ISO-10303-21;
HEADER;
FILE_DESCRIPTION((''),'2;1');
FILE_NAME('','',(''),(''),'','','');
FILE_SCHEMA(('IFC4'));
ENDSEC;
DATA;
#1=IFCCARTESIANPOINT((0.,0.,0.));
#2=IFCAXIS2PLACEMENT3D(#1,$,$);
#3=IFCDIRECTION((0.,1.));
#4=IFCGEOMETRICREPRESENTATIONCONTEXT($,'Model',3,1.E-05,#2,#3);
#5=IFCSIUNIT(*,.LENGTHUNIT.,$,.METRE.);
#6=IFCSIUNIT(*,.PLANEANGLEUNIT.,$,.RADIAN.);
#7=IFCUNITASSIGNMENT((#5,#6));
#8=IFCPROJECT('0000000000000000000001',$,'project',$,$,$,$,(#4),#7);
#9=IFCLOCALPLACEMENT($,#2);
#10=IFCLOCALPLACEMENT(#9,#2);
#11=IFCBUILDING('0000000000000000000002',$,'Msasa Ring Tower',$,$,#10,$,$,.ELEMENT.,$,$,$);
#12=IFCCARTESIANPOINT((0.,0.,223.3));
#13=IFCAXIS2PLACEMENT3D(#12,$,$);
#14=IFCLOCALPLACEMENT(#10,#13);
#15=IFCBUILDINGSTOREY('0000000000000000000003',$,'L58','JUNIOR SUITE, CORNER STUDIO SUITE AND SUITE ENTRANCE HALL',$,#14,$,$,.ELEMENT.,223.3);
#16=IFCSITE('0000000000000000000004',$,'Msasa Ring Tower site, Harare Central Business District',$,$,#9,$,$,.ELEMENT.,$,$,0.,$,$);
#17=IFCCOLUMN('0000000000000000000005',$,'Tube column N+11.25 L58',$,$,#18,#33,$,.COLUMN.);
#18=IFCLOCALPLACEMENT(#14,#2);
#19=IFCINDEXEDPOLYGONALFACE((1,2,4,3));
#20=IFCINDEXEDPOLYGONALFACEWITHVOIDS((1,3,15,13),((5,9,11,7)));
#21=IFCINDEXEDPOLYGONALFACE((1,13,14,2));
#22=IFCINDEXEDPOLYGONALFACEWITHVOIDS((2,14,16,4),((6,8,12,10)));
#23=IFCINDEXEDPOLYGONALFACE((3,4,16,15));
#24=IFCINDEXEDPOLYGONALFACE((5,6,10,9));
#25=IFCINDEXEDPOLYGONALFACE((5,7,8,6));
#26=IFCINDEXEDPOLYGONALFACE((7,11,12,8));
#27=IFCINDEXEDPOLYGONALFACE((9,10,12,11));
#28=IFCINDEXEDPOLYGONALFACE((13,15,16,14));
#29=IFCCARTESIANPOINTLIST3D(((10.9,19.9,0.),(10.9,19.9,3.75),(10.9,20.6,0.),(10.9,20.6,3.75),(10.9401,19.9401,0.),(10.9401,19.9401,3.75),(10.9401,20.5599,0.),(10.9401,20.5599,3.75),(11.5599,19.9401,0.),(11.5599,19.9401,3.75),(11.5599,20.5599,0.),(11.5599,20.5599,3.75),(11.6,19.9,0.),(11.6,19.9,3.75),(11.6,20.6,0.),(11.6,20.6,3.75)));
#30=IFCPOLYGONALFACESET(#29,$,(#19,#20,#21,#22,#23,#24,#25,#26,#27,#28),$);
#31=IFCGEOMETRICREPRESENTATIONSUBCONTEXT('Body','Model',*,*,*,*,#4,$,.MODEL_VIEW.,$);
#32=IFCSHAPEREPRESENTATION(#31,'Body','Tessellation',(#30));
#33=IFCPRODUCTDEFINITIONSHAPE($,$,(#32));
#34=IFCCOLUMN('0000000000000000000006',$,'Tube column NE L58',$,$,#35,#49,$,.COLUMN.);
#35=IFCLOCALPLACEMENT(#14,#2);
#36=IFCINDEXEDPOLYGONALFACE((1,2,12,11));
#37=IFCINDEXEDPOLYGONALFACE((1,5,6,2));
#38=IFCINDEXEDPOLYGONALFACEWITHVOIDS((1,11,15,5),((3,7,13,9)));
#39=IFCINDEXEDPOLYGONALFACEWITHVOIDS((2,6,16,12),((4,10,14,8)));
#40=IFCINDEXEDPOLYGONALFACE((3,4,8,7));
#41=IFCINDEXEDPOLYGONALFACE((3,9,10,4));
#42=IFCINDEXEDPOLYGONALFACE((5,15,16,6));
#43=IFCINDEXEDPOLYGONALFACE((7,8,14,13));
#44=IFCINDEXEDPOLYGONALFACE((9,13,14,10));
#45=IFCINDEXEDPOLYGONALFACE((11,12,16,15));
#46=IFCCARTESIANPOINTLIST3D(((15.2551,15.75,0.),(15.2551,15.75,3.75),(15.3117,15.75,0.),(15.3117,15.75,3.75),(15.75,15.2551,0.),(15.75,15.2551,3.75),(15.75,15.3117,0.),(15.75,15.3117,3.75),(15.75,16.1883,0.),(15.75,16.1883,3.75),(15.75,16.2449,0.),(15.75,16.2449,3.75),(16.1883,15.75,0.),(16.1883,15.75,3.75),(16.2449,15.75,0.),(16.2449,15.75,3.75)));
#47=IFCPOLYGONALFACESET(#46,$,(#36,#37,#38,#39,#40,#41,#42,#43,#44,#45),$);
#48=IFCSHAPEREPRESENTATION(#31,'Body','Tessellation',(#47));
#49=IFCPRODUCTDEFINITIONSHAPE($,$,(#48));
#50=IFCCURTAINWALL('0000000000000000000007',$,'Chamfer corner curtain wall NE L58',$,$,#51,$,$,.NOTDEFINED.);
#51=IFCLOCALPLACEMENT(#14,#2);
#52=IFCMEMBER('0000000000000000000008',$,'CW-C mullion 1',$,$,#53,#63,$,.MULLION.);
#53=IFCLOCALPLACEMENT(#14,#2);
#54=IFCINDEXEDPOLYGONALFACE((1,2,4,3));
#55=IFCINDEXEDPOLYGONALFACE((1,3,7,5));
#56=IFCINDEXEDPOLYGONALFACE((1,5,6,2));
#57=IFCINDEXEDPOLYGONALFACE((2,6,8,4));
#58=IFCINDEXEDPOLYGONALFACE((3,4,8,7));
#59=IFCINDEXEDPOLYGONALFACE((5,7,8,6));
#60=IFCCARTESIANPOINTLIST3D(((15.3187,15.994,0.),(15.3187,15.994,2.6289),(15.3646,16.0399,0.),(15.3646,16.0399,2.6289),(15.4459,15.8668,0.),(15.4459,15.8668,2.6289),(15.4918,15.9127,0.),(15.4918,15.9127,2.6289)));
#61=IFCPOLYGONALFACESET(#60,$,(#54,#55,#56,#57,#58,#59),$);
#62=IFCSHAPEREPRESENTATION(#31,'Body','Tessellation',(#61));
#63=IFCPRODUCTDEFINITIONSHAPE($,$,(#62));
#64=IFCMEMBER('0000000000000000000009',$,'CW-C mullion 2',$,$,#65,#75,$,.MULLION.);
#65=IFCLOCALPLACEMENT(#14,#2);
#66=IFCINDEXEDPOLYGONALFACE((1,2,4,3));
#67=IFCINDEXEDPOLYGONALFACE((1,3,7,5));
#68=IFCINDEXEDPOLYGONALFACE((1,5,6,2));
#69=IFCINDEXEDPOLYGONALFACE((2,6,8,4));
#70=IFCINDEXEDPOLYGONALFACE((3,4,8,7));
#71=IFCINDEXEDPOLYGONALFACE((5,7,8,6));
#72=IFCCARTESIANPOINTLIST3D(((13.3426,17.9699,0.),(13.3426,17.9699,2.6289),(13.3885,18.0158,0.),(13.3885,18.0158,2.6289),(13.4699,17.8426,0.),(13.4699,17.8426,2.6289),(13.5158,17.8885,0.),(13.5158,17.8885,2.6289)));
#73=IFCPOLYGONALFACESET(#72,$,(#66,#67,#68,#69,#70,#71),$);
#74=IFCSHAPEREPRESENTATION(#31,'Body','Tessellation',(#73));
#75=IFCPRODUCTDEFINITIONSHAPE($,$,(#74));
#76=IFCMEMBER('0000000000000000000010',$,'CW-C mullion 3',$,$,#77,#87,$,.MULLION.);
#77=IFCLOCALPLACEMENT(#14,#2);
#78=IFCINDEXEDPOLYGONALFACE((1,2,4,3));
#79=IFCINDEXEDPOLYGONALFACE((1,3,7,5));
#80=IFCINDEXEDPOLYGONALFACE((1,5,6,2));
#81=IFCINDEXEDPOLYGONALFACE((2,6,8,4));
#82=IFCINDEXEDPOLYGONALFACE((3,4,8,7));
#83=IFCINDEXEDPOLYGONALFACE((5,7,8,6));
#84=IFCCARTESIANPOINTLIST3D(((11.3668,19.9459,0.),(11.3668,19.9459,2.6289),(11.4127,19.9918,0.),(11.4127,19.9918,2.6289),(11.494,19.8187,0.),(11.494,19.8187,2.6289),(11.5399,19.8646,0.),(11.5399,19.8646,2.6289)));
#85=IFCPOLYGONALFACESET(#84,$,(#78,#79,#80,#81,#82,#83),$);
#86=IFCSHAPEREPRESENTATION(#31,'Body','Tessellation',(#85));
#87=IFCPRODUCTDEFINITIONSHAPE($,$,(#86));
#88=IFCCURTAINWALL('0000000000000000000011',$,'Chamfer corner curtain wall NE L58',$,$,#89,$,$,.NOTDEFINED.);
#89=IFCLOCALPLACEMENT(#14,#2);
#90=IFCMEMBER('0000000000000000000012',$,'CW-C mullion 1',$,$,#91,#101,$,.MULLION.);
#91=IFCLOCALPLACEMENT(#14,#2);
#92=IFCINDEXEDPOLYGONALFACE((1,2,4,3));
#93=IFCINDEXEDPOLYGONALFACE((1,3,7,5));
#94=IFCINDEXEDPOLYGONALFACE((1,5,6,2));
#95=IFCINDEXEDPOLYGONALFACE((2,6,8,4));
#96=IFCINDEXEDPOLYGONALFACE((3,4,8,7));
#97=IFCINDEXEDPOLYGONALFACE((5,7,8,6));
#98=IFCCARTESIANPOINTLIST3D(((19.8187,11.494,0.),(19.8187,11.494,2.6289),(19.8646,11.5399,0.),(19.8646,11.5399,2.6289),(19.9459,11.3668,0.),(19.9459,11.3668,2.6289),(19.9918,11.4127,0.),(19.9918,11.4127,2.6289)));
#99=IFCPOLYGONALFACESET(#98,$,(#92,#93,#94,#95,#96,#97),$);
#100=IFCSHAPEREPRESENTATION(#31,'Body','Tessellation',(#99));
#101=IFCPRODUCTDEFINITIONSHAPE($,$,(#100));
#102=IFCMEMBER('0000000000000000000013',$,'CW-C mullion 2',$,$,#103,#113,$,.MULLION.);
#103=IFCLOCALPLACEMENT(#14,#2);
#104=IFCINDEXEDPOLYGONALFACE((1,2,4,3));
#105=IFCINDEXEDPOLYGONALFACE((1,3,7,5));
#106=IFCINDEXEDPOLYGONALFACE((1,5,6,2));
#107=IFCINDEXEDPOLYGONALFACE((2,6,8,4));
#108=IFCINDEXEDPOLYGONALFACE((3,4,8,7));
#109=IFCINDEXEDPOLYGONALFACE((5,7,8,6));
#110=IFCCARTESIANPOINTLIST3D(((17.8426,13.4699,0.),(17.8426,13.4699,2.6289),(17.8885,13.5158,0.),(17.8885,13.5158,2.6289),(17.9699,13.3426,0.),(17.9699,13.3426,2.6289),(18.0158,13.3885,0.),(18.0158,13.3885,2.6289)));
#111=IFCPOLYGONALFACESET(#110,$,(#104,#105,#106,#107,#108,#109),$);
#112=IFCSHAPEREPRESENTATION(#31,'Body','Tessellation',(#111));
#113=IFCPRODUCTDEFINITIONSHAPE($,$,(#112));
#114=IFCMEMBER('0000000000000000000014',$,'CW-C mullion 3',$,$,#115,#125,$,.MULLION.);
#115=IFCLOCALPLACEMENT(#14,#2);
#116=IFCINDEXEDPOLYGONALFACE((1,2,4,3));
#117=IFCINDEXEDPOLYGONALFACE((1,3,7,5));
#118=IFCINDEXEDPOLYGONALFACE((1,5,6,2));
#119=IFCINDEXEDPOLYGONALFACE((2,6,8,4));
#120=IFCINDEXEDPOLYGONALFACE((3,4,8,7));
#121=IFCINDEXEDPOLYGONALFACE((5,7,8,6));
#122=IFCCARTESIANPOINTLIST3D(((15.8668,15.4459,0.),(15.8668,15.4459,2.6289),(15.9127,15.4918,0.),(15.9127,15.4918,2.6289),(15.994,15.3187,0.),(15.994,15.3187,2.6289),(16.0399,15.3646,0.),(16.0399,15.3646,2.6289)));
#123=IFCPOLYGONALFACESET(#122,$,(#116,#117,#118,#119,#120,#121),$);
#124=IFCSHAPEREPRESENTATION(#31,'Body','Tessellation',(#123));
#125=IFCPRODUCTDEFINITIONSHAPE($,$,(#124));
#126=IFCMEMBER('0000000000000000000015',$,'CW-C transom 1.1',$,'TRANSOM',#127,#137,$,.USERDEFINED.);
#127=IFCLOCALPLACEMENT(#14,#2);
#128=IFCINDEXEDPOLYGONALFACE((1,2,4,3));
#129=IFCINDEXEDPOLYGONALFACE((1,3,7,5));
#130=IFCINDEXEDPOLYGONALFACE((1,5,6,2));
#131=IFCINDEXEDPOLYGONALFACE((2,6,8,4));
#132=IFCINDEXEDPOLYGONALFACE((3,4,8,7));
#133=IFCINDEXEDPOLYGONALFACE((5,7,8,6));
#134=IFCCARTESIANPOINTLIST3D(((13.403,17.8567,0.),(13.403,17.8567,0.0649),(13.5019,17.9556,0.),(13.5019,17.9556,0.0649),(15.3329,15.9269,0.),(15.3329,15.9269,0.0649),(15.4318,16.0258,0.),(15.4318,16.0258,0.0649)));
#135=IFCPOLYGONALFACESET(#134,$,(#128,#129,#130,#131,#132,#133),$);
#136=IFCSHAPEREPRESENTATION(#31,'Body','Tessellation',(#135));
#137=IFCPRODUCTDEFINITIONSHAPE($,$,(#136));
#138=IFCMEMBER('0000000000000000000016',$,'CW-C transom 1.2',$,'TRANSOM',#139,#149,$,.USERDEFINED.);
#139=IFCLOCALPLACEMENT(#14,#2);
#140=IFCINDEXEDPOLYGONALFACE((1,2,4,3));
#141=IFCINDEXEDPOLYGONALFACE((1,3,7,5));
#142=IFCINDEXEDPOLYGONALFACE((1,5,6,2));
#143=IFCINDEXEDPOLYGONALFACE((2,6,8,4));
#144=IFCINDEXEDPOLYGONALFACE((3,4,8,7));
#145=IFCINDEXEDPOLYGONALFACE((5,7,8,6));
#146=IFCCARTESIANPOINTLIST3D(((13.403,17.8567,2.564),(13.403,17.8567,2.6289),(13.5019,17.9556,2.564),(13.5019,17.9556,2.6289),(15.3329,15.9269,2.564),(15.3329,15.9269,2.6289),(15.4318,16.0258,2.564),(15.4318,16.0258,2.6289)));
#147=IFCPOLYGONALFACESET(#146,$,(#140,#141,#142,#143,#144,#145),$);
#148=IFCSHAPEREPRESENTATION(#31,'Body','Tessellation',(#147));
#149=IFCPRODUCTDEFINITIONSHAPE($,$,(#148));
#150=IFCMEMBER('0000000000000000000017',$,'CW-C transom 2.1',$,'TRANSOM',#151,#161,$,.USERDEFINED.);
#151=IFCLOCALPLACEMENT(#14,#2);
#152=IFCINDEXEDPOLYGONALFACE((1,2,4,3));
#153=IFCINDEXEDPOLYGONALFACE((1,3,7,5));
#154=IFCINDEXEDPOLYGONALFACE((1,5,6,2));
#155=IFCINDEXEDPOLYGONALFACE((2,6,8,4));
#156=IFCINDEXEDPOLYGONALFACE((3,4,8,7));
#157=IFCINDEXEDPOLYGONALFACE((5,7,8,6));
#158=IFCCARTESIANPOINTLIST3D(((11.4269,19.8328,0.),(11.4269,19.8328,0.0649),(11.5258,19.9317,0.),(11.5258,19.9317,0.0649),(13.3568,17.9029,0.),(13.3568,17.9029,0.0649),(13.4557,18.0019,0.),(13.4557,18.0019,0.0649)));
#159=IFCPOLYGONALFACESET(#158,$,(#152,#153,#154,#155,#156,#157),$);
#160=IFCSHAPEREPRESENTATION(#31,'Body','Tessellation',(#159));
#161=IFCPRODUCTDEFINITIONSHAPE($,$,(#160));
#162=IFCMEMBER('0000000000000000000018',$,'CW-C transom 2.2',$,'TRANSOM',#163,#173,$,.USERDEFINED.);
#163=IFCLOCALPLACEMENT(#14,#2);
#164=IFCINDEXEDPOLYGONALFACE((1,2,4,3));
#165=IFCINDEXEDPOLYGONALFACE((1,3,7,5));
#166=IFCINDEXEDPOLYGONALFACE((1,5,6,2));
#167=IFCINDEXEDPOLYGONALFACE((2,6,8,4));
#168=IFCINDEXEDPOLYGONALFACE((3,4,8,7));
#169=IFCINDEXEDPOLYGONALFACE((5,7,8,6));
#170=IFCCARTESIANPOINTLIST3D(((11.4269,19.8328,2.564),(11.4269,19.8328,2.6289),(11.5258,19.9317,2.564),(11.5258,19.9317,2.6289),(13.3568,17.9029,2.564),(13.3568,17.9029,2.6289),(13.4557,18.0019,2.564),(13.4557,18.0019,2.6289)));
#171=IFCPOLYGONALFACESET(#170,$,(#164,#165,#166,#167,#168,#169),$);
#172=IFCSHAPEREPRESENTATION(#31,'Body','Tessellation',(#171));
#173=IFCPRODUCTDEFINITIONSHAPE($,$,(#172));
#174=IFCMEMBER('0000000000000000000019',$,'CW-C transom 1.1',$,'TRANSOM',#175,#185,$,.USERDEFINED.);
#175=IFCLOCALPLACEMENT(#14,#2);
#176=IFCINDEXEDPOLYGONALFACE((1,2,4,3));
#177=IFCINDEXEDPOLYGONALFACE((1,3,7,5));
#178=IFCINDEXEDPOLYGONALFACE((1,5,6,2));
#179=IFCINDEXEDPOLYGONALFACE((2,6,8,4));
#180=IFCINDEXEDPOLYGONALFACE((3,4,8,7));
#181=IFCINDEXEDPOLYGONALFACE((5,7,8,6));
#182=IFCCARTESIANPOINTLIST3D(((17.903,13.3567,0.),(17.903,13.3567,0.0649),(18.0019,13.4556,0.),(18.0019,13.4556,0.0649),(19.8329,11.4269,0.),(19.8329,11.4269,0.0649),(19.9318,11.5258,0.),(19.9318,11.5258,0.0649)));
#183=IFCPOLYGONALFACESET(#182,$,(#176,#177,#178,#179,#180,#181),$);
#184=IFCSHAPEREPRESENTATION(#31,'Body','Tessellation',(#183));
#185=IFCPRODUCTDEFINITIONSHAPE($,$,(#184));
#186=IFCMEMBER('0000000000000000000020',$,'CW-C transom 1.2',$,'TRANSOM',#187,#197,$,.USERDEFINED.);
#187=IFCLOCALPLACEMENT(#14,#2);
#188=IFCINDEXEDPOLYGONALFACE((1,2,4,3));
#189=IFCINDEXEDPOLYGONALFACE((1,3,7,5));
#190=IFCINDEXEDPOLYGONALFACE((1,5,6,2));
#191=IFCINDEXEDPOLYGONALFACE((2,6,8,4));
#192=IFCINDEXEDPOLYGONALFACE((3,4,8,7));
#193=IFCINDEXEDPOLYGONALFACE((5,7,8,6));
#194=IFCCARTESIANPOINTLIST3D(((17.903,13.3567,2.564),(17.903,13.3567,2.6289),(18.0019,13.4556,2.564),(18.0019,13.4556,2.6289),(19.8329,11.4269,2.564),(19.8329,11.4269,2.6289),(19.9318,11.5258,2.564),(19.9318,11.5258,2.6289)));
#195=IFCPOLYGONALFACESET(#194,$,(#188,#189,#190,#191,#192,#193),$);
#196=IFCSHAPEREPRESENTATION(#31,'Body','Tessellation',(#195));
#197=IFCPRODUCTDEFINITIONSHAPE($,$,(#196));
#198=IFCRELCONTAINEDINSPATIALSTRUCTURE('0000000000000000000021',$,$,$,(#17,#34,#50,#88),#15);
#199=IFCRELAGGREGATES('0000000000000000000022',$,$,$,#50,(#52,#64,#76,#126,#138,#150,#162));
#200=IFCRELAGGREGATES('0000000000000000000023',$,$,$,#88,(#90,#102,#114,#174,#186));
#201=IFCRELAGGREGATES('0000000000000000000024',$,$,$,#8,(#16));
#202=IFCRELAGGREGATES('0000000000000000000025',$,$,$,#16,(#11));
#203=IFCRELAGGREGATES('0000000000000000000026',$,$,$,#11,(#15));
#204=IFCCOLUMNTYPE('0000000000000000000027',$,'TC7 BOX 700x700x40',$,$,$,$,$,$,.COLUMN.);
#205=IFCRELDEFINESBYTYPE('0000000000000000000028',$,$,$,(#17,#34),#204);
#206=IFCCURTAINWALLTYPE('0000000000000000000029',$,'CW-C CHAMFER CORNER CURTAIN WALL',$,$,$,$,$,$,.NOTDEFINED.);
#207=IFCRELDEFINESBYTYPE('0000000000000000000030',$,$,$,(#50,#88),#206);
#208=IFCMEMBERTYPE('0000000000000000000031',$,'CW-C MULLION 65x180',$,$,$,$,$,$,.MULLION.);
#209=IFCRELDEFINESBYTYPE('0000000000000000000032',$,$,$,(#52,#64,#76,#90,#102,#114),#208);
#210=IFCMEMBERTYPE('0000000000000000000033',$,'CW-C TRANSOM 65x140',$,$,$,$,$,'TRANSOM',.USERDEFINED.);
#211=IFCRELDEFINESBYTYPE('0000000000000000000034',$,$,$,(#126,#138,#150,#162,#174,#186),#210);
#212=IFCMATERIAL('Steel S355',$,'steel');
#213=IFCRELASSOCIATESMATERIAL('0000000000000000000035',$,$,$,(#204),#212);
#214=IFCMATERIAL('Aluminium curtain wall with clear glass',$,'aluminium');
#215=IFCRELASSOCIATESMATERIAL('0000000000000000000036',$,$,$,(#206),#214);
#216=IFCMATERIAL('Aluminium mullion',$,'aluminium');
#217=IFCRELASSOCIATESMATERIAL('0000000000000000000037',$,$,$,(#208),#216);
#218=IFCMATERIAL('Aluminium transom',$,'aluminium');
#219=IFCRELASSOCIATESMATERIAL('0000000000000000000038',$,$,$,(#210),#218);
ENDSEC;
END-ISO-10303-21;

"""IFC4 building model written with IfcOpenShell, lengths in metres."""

from ifc_helpers import new_model, si_unit, direction, frame, origin, origin_2d, place, context, subcontext, project, spatial, rectangle, hollow_rectangle, extrude, material, material_profile, profile_set, type_object, element, aggregate, save


model = new_model("IFC4")

# Units and contexts
model_context = context("Model", 3, precision=1e-05, world=origin(), true_north=direction((0.0, 1.0)))
body_context = subcontext(model_context, "Body", "Model", "MODEL_VIEW")
ifc_project = project(units=[si_unit("LENGTHUNIT", "METRE"), si_unit("PLANEANGLEUNIT", "RADIAN")], contexts=[model_context])

# Site, building, storey
site_placement = place(None, origin())
site = spatial("IfcSite", under=ifc_project, at=site_placement, Name="Msasa Ring Tower site, Harare Central Business District", CompositionType="ELEMENT", RefElevation=0.0)
building_placement = place(site_placement, origin())
building = spatial("IfcBuilding", under=site, at=building_placement, Name="Msasa Ring Tower", CompositionType="ELEMENT")
storey_placement = place(building_placement, frame((0.0, 0.0, 223.3)))
storey = spatial("IfcBuildingStorey", under=building, at=storey_placement, Name="L58", Description="JUNIOR SUITE, CORNER STUDIO SUITE AND SUITE ENTRANCE HALL", CompositionType="ELEMENT", Elevation=223.3)

# Columns
ifc_material_1 = material(Name="Steel S355", Category="steel")
ifc_material_profile_1 = material_profile(ifc_material_1, hollow_rectangle(XDim=0.7, YDim=0.7, WallThickness=0.04, at=origin_2d()), Name="BOX 700x700x40")
ifc_profile_set_1 = profile_set([ifc_material_profile_1], Name="Steel S355")
column_type = type_object("IfcColumnType", Name="TC7 BOX 700x700x40", PredefinedType="COLUMN", material=ifc_profile_set_1)
for number, where, z_axis, x_axis, name in (
    (1, (11.25, 20.25, 0.0), (0.0, 0.0, 1.0), (0.0, 1.0, 0.0), "Tube column N+11.25 L58"),
    (2, (15.75, 15.75, 0.0), (0.0, 0.0, 1.0), (0.707107, 0.707107, 0.0), "Tube column NE L58"),
):
    element("IfcColumn", number, at=place(storey_placement, frame(where, z_axis=z_axis, x_axis=x_axis)), inside=storey, type_object=column_type, Name=name, PredefinedType="COLUMN", context=body_context, shape_type="SweptSolid", body=[
        extrude(hollow_rectangle(XDim=0.7, YDim=0.7, WallThickness=0.04, at=origin_2d()), origin(), (0.0, 0.0, 1.0), 3.75),
    ])

# Curtain walls, members
ifc_material_2 = material(Name="Aluminium curtain wall with clear glass", Category="aluminium")
curtain_wall_type = type_object("IfcCurtainWallType", Name="CW-C CHAMFER CORNER CURTAIN WALL", PredefinedType="NOTDEFINED", material=ifc_material_2)
curtain_wall_1_placement = place(storey_placement, origin())
curtain_wall_1 = element("IfcCurtainWall", 3, at=curtain_wall_1_placement, inside=storey, type_object=curtain_wall_type, Name="Chamfer corner curtain wall NE L58", PredefinedType="NOTDEFINED")
ifc_material_3 = material(Name="Aluminium mullion", Category="aluminium")
ifc_material_profile_2 = material_profile(ifc_material_3, rectangle(XDim=0.0649, YDim=0.1799, at=origin_2d()), Name="AL 65x180")
ifc_profile_set_2 = profile_set([ifc_material_profile_2], Name="Aluminium mullion")
member_type_1 = type_object("IfcMemberType", Name="CW-C MULLION 65x180", PredefinedType="MULLION", material=ifc_profile_set_2)
member_1_placement = place(storey_placement, frame((15.4053, 15.9534, 0.0), z_axis=(0.0, 0.0, 1.0), x_axis=(-0.707107, -0.707107, 0.0)))
member_1 = element("IfcMember", 4, at=member_1_placement, type_object=member_type_1, Name="CW-C mullion 1", PredefinedType="MULLION", context=body_context, shape_type="SweptSolid", body=[
    extrude(rectangle(XDim=0.0649, YDim=0.1799, at=origin_2d()), origin(), (0.0, 0.0, 1.0), 2.6289),
])
member_2_placement = place(storey_placement, frame((13.4292, 17.9292, 0.0), z_axis=(0.0, 0.0, 1.0), x_axis=(-0.707107, -0.707107, 0.0)))
member_2 = element("IfcMember", 5, at=member_2_placement, type_object=member_type_1, Name="CW-C mullion 2", PredefinedType="MULLION", context=body_context, shape_type="SweptSolid", body=[
    extrude(rectangle(XDim=0.0649, YDim=0.1799, at=origin_2d()), origin(), (0.0, 0.0, 1.0), 2.6289),
])
member_3_placement = place(storey_placement, frame((11.4534, 19.9053, 0.0), z_axis=(0.0, 0.0, 1.0), x_axis=(-0.707107, -0.707107, 0.0)))
member_3 = element("IfcMember", 6, at=member_3_placement, type_object=member_type_1, Name="CW-C mullion 3", PredefinedType="MULLION", context=body_context, shape_type="SweptSolid", body=[
    extrude(rectangle(XDim=0.0649, YDim=0.1799, at=origin_2d()), origin(), (0.0, 0.0, 1.0), 2.6289),
])
curtain_wall_2_placement = place(storey_placement, origin())
curtain_wall_2 = element("IfcCurtainWall", 7, at=curtain_wall_2_placement, inside=storey, type_object=curtain_wall_type, Name="Chamfer corner curtain wall NE L58", PredefinedType="NOTDEFINED")
member_4_placement = place(storey_placement, frame((19.9053, 11.4534, 0.0), z_axis=(0.0, 0.0, 1.0), x_axis=(-0.707107, -0.707107, 0.0)))
member_4 = element("IfcMember", 8, at=member_4_placement, type_object=member_type_1, Name="CW-C mullion 1", PredefinedType="MULLION", context=body_context, shape_type="SweptSolid", body=[
    extrude(rectangle(XDim=0.0649, YDim=0.1799, at=origin_2d()), origin(), (0.0, 0.0, 1.0), 2.6289),
])
member_5_placement = place(storey_placement, frame((17.9292, 13.4292, 0.0), z_axis=(0.0, 0.0, 1.0), x_axis=(-0.707107, -0.707107, 0.0)))
member_5 = element("IfcMember", 9, at=member_5_placement, type_object=member_type_1, Name="CW-C mullion 2", PredefinedType="MULLION", context=body_context, shape_type="SweptSolid", body=[
    extrude(rectangle(XDim=0.0649, YDim=0.1799, at=origin_2d()), origin(), (0.0, 0.0, 1.0), 2.6289),
])
member_6_placement = place(storey_placement, frame((15.9534, 15.4053, 0.0), z_axis=(0.0, 0.0, 1.0), x_axis=(-0.707107, -0.707107, 0.0)))
member_6 = element("IfcMember", 10, at=member_6_placement, type_object=member_type_1, Name="CW-C mullion 3", PredefinedType="MULLION", context=body_context, shape_type="SweptSolid", body=[
    extrude(rectangle(XDim=0.0649, YDim=0.1799, at=origin_2d()), origin(), (0.0, 0.0, 1.0), 2.6289),
])

# Members
ifc_material_4 = material(Name="Aluminium transom", Category="aluminium")
ifc_material_profile_3 = material_profile(ifc_material_4, rectangle(XDim=0.1399, YDim=0.0649, at=origin_2d()), Name="AL 65x140")
ifc_profile_set_3 = profile_set([ifc_material_profile_3], Name="Aluminium transom")
member_type_2 = type_object("IfcMemberType", Name="CW-C TRANSOM 65x140", ElementType="TRANSOM", PredefinedType="USERDEFINED", material=ifc_profile_set_3)
member_7_placement = place(storey_placement, frame((15.3823, 15.9763, 0.0325), z_axis=(-0.707107, 0.707107, 0.0), x_axis=(-0.707107, -0.707107, 0.0)))
member_7 = element("IfcMember", 11, at=member_7_placement, type_object=member_type_2, Name="CW-C transom 1.1", ObjectType="TRANSOM", PredefinedType="USERDEFINED", context=body_context, shape_type="SweptSolid", body=[
    extrude(rectangle(XDim=0.1399, YDim=0.0649, at=origin_2d()), origin(), (0.0, 0.0, 1.0), 2.7292),
])
member_8_placement = place(storey_placement, frame((15.3823, 15.9763, 2.5964), z_axis=(-0.707107, 0.707107, 0.0), x_axis=(-0.707107, -0.707107, 0.0)))
member_8 = element("IfcMember", 12, at=member_8_placement, type_object=member_type_2, Name="CW-C transom 1.2", ObjectType="TRANSOM", PredefinedType="USERDEFINED", context=body_context, shape_type="SweptSolid", body=[
    extrude(rectangle(XDim=0.1399, YDim=0.0649, at=origin_2d()), origin(), (0.0, 0.0, 1.0), 2.7292),
])
member_9_placement = place(storey_placement, frame((13.4062, 17.9524, 0.0325), z_axis=(-0.707107, 0.707107, 0.0), x_axis=(-0.707107, -0.707107, 0.0)))
member_9 = element("IfcMember", 13, at=member_9_placement, type_object=member_type_2, Name="CW-C transom 2.1", ObjectType="TRANSOM", PredefinedType="USERDEFINED", context=body_context, shape_type="SweptSolid", body=[
    extrude(rectangle(XDim=0.1399, YDim=0.0649, at=origin_2d()), origin(), (0.0, 0.0, 1.0), 2.7292),
])
member_10_placement = place(storey_placement, frame((13.4062, 17.9524, 2.5964), z_axis=(-0.707107, 0.707107, 0.0), x_axis=(-0.707107, -0.707107, 0.0)))
member_10 = element("IfcMember", 14, at=member_10_placement, type_object=member_type_2, Name="CW-C transom 2.2", ObjectType="TRANSOM", PredefinedType="USERDEFINED", context=body_context, shape_type="SweptSolid", body=[
    extrude(rectangle(XDim=0.1399, YDim=0.0649, at=origin_2d()), origin(), (0.0, 0.0, 1.0), 2.7292),
])
member_11_placement = place(storey_placement, frame((19.8823, 11.4763, 0.0325), z_axis=(-0.707107, 0.707107, 0.0), x_axis=(-0.707107, -0.707107, 0.0)))
member_11 = element("IfcMember", 15, at=member_11_placement, type_object=member_type_2, Name="CW-C transom 1.1", ObjectType="TRANSOM", PredefinedType="USERDEFINED", context=body_context, shape_type="SweptSolid", body=[
    extrude(rectangle(XDim=0.1399, YDim=0.0649, at=origin_2d()), origin(), (0.0, 0.0, 1.0), 2.7292),
])
member_12_placement = place(storey_placement, frame((19.8823, 11.4763, 2.5964), z_axis=(-0.707107, 0.707107, 0.0), x_axis=(-0.707107, -0.707107, 0.0)))
member_12 = element("IfcMember", 16, at=member_12_placement, type_object=member_type_2, Name="CW-C transom 1.2", ObjectType="TRANSOM", PredefinedType="USERDEFINED", context=body_context, shape_type="SweptSolid", body=[
    extrude(rectangle(XDim=0.1399, YDim=0.0649, at=origin_2d()), origin(), (0.0, 0.0, 1.0), 2.7292),
])

aggregate(curtain_wall_1, [member_1, member_2, member_3, member_7, member_8, member_9, member_10])
aggregate(curtain_wall_2, [member_4, member_5, member_6, member_11, member_12])

save(model, "model.ifc")
